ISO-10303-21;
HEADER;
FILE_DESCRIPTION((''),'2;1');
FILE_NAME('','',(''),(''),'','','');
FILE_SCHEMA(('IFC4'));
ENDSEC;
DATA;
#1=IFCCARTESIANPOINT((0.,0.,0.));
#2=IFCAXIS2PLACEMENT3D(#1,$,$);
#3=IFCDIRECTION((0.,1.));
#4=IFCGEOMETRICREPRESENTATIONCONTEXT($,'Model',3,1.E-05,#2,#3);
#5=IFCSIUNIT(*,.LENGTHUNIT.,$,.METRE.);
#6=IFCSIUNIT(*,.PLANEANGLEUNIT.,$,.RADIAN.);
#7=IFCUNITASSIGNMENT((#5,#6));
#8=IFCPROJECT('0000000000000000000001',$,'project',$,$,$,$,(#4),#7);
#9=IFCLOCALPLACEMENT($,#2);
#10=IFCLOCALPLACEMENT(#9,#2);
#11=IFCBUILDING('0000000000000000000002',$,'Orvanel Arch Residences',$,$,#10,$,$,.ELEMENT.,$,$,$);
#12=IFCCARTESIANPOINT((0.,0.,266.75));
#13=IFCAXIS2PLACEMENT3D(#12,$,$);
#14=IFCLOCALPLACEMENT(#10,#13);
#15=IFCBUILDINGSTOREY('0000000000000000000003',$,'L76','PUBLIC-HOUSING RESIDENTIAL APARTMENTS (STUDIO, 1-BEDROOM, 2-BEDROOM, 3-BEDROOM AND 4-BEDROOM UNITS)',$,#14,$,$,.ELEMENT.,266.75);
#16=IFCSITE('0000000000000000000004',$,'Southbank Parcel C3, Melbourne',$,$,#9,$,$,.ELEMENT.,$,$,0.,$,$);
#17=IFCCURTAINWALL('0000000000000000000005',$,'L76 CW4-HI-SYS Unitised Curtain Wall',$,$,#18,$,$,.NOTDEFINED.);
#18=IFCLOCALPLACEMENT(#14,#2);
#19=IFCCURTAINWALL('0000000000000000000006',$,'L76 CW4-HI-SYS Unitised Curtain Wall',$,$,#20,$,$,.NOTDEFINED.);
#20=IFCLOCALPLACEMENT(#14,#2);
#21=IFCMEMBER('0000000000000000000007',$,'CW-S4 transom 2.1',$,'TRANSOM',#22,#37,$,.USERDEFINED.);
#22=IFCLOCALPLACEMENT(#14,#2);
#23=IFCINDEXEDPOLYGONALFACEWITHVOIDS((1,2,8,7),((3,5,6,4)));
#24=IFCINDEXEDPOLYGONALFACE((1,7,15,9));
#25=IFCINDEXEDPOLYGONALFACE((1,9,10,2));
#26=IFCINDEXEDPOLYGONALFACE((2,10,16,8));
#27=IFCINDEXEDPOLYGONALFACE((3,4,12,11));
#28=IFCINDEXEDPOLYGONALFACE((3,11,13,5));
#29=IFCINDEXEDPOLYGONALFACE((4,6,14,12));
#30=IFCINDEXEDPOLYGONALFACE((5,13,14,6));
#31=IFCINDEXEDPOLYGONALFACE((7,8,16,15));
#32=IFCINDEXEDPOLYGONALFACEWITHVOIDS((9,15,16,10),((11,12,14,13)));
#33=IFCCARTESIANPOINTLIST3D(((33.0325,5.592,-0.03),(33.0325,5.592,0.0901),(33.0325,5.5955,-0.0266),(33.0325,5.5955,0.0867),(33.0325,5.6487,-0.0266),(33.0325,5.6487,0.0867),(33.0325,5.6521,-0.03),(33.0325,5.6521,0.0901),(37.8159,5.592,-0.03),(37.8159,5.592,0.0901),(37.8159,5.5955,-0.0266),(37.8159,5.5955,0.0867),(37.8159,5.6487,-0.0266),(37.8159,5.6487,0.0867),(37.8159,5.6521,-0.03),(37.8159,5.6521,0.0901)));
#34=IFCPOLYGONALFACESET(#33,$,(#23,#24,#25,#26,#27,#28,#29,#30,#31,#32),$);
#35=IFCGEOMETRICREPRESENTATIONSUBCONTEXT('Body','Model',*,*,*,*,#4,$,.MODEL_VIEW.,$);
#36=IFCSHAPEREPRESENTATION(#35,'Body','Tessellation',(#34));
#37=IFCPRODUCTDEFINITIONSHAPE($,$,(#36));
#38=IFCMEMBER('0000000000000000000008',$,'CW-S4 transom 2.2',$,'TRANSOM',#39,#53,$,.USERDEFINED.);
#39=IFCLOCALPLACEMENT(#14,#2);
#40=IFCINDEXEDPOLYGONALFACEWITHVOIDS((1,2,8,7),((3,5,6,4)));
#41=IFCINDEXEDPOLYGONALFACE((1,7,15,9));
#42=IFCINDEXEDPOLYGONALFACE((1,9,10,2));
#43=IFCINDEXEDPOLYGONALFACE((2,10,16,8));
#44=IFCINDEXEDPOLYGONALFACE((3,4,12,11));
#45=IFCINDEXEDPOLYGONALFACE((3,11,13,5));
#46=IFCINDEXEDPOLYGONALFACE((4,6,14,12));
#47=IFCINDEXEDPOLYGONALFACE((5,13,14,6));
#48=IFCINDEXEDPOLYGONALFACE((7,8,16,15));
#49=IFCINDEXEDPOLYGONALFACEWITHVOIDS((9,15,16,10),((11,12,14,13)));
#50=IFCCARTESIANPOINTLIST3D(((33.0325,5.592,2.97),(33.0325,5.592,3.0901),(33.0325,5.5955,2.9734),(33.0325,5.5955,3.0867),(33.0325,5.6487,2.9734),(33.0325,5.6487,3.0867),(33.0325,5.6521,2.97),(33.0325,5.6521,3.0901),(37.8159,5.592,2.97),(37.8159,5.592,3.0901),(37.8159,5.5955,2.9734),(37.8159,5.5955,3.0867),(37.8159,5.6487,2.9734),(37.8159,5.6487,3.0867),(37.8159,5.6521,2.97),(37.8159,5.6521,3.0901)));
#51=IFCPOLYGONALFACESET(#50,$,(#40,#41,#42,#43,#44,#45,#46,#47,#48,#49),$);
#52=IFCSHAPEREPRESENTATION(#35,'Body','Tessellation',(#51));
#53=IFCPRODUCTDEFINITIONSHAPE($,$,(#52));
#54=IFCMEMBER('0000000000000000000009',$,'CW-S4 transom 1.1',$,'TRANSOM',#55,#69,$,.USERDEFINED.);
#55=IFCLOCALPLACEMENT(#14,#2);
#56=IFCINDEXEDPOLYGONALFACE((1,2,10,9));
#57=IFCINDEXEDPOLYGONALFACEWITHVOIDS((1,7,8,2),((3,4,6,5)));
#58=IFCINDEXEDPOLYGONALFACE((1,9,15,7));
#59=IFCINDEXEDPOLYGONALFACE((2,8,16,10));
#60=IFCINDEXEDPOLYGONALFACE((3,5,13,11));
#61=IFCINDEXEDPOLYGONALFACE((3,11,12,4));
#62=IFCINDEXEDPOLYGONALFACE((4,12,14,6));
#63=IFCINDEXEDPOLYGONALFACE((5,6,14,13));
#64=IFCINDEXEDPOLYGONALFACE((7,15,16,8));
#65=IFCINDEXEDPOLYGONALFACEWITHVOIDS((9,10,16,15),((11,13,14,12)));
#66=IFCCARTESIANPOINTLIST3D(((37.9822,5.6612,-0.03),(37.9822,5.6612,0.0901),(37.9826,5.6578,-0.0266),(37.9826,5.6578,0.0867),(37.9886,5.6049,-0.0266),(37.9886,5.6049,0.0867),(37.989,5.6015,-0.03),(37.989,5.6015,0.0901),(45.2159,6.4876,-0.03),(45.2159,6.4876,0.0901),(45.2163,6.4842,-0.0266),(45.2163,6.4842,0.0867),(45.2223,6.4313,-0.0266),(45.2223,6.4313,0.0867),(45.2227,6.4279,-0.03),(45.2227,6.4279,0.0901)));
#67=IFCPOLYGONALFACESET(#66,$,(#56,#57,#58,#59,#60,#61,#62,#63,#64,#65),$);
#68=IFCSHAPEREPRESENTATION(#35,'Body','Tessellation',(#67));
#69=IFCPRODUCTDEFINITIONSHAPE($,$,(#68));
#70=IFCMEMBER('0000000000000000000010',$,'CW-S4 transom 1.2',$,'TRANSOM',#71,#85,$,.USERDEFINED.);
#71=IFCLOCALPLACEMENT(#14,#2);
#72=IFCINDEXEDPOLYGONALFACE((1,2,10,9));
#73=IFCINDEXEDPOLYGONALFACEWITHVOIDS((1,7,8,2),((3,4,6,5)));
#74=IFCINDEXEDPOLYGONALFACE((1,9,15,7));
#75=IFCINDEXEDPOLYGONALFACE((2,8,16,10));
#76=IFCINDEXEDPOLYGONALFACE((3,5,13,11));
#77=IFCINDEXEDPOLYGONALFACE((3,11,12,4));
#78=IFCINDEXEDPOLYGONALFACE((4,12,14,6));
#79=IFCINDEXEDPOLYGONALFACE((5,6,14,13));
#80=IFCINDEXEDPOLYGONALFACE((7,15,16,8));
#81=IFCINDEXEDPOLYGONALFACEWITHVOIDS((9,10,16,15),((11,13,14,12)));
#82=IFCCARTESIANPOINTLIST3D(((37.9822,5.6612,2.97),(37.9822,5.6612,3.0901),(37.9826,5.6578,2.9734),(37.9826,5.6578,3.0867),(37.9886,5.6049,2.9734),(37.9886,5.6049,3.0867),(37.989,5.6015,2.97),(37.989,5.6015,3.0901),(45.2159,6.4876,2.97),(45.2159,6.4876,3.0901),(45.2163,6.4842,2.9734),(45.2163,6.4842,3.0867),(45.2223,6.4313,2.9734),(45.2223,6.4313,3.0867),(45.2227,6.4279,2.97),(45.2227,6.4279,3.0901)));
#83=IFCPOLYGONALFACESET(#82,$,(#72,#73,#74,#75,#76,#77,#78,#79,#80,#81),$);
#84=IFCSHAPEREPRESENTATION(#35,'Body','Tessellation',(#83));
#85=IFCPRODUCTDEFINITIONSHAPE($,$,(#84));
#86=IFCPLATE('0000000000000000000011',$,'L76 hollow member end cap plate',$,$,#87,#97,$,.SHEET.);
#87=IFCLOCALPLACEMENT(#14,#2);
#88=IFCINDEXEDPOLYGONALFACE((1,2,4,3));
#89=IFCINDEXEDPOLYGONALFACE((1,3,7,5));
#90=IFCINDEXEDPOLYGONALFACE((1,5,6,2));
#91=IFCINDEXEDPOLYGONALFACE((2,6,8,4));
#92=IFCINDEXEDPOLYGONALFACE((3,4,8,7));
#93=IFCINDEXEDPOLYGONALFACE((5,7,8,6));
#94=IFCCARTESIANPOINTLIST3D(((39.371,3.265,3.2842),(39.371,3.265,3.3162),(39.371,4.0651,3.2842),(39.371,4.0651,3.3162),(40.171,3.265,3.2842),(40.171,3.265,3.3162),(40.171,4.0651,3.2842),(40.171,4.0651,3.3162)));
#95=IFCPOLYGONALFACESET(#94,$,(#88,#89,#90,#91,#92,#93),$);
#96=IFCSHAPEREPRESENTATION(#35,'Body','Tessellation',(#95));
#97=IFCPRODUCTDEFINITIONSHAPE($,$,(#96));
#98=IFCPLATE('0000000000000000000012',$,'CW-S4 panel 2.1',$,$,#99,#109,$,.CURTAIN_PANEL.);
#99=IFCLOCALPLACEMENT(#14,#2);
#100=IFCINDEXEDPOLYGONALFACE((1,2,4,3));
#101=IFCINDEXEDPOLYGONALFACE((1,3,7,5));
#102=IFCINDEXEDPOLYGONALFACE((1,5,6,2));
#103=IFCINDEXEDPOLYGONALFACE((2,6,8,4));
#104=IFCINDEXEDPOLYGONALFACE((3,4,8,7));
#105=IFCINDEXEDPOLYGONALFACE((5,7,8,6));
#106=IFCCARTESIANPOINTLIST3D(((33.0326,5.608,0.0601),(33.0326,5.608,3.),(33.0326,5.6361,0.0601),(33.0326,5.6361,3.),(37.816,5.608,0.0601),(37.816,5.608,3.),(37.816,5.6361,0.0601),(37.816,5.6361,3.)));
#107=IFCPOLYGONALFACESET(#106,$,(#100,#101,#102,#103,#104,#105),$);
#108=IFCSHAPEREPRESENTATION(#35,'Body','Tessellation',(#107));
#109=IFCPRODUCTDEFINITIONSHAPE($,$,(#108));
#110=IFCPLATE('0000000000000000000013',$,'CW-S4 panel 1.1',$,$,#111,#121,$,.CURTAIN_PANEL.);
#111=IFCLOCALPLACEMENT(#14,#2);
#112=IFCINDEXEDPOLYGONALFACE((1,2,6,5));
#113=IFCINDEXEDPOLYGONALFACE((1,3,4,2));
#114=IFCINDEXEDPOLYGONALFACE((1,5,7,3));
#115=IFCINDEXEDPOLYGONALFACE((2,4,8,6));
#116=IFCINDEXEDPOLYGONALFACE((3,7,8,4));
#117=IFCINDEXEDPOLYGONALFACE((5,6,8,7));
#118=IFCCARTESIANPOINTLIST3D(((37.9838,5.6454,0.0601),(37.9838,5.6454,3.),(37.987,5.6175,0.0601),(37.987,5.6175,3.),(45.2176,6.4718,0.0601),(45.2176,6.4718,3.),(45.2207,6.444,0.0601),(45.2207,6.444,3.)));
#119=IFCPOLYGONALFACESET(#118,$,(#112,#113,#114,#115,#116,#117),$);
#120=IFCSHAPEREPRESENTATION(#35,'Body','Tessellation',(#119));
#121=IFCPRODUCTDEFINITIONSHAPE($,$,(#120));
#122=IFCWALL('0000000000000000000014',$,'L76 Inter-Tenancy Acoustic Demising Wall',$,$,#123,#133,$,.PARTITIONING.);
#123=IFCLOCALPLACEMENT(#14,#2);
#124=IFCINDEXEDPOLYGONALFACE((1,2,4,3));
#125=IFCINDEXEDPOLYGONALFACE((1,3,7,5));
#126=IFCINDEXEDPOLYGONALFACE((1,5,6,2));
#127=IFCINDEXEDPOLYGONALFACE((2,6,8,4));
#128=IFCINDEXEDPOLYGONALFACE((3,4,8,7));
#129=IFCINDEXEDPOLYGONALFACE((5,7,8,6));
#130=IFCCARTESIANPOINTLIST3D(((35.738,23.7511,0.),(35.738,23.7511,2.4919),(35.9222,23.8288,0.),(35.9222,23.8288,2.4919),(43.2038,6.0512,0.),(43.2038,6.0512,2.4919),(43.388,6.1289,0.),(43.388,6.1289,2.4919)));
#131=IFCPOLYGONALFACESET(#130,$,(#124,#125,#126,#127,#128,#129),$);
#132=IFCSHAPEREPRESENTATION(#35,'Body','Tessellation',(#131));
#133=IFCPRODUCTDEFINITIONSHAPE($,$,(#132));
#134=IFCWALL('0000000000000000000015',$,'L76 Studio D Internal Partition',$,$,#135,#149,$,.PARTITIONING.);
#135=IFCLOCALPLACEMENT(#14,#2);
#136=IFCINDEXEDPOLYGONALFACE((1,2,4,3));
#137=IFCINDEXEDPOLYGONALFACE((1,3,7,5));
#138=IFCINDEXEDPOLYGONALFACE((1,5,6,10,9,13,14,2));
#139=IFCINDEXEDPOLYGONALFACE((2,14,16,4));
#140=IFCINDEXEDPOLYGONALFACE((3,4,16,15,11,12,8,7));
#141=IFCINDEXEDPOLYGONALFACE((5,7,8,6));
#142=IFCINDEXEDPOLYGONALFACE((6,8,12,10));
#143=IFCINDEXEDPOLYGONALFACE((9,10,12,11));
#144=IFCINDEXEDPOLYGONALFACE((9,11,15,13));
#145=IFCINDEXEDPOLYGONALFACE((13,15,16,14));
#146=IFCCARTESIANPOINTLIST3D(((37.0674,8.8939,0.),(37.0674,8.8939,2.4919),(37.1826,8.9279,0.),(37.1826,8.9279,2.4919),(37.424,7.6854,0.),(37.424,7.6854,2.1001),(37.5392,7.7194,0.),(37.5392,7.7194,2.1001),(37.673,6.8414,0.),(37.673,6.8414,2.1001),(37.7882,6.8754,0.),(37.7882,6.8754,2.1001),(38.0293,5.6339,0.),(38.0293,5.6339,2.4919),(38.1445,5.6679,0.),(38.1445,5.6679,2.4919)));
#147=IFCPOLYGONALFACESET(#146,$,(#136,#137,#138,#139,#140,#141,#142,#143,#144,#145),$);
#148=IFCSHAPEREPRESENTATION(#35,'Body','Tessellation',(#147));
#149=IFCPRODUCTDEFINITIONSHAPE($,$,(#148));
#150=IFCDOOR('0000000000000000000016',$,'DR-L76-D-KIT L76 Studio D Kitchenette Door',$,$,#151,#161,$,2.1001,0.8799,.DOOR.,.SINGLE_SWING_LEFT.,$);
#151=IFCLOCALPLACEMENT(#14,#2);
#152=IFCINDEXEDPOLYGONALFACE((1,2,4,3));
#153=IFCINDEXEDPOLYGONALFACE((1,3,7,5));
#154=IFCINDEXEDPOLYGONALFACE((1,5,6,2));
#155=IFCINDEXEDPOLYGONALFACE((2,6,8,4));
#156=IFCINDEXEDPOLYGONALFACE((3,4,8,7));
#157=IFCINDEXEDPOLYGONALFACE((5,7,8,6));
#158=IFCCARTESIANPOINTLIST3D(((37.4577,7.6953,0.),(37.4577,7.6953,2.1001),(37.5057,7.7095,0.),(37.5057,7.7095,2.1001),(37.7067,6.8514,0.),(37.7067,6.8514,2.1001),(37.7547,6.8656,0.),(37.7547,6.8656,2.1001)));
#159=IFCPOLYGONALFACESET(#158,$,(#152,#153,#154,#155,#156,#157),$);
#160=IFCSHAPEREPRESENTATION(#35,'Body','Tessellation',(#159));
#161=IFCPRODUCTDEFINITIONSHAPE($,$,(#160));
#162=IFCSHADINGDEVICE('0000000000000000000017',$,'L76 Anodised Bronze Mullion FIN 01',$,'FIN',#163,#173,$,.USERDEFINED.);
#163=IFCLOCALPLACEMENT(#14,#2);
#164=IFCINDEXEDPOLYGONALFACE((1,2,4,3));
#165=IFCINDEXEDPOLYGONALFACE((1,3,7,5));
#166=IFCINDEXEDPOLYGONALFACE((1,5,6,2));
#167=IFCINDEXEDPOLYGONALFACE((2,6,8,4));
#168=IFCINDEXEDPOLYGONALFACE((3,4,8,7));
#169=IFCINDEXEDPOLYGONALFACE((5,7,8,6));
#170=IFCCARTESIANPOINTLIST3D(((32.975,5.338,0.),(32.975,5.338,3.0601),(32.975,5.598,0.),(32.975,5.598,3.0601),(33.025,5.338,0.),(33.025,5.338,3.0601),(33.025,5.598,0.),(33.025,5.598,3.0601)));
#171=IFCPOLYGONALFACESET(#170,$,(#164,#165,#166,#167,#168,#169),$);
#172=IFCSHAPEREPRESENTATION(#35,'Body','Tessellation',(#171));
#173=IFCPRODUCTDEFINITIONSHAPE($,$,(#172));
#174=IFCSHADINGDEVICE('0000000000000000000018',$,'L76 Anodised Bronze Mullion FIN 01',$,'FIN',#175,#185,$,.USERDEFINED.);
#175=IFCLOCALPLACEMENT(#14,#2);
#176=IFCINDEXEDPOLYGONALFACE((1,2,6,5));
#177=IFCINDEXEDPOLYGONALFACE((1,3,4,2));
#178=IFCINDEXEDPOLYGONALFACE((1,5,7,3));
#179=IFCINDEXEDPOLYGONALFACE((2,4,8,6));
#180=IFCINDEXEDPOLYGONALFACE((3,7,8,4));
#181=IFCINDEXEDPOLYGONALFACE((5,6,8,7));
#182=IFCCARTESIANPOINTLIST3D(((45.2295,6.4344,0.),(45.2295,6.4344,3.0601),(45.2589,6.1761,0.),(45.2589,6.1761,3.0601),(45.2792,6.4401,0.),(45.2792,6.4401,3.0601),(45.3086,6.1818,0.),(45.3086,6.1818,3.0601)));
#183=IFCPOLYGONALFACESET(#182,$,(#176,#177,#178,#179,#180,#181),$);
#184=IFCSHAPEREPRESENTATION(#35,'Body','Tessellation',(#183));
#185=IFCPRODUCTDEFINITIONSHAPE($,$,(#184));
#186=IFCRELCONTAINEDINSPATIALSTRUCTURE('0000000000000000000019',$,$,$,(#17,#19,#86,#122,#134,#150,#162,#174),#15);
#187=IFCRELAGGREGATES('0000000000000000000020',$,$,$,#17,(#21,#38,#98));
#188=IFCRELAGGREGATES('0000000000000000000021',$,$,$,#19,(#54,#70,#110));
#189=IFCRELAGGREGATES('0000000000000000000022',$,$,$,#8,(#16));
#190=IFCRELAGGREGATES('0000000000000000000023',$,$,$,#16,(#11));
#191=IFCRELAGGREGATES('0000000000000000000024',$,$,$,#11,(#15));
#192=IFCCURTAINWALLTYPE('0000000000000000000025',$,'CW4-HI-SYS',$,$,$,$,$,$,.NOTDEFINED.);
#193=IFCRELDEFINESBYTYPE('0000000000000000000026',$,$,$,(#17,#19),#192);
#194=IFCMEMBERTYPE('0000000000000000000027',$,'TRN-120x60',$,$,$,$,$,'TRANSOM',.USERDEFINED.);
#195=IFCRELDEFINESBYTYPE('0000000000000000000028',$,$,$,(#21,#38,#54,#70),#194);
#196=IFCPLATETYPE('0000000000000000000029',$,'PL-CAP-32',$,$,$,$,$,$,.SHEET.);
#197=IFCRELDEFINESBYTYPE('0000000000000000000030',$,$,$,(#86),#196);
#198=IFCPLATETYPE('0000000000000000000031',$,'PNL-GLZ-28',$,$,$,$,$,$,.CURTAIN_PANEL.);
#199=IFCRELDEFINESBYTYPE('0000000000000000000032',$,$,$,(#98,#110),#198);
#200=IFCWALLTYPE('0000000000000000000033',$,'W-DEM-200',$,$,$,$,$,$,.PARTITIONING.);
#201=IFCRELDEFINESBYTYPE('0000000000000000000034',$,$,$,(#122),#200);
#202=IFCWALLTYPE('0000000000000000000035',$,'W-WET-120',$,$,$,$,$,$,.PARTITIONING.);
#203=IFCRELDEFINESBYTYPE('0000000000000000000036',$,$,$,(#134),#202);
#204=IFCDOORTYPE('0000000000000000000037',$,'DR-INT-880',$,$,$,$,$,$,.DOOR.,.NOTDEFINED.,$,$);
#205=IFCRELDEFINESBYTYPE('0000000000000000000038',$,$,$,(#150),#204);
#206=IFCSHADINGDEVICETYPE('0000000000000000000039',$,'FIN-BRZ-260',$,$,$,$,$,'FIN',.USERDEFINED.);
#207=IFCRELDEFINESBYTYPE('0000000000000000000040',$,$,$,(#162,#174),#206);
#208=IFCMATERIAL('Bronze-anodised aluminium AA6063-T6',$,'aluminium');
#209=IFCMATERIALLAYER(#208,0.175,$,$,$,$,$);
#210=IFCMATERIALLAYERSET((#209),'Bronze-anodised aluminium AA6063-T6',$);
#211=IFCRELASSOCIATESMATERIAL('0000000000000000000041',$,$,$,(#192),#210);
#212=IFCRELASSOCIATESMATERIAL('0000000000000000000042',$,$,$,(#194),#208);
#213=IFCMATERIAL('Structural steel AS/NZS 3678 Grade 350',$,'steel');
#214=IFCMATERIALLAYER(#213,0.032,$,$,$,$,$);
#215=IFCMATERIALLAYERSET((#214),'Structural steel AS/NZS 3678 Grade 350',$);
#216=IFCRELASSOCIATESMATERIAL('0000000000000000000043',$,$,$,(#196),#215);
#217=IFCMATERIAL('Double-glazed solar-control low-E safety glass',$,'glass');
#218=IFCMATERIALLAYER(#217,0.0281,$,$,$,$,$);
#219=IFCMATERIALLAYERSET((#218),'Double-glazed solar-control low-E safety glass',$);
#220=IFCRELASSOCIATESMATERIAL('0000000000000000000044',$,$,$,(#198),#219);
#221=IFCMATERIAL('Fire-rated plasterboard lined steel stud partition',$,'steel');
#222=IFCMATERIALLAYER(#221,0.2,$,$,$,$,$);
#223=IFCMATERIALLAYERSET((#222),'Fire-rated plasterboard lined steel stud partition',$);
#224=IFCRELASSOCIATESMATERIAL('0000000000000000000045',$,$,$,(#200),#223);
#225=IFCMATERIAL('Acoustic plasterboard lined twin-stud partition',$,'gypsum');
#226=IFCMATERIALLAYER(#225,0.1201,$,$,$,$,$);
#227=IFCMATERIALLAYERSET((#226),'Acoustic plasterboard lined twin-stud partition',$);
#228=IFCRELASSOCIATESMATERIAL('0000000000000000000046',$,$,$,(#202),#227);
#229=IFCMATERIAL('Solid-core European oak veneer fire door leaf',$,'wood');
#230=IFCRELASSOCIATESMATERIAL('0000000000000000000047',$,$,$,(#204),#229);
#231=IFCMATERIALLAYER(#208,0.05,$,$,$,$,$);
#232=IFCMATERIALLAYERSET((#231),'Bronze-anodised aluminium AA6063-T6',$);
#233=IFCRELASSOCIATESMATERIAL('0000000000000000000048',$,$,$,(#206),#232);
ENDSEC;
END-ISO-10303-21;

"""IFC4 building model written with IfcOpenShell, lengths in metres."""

from ifc_helpers import new_model, si_unit, direction, frame, frame_2d, origin, origin_2d, place, context, subcontext, project, spatial, rectangle, hollow_rectangle, extrude, material, layer, layer_set, material_profile, profile_set, type_object, element, fill, aggregate, save


model = new_model("IFC4")

# Units and contexts
model_context = context("Model", 3, precision=1e-05, world=origin(), true_north=direction((0.0, 1.0)))
body_context = subcontext(model_context, "Body", "Model", "MODEL_VIEW")
ifc_project = project(units=[si_unit("LENGTHUNIT", "METRE"), si_unit("PLANEANGLEUNIT", "RADIAN")], contexts=[model_context])

# Site, building, storey
site_placement = place(None, origin())
site = spatial("IfcSite", under=ifc_project, at=site_placement, Name="Southbank Parcel C3, Melbourne", CompositionType="ELEMENT", RefElevation=0.0)
building_placement = place(site_placement, origin())
building = spatial("IfcBuilding", under=site, at=building_placement, Name="Orvanel Arch Residences", CompositionType="ELEMENT")
storey_placement = place(building_placement, frame((0.0, 0.0, 266.75)))
storey = spatial("IfcBuildingStorey", under=building, at=storey_placement, Name="L76", Description="PUBLIC-HOUSING RESIDENTIAL APARTMENTS (STUDIO, 1-BEDROOM, 2-BEDROOM, 3-BEDROOM AND 4-BEDROOM UNITS)", CompositionType="ELEMENT", Elevation=266.75)

# Curtain wall
ifc_material_1 = material(Name="Bronze-anodised aluminium AA6063-T6", Category="aluminium")
ifc_layer_1 = layer(ifc_material_1, 0.175)
ifc_layer_set_1 = layer_set([ifc_layer_1], Name="Bronze-anodised aluminium AA6063-T6")
curtain_wall_type = type_object("IfcCurtainWallType", Name="CW4-HI-SYS", PredefinedType="NOTDEFINED", material=ifc_layer_set_1)
curtain_wall_1_placement = place(storey_placement, origin())
curtain_wall_1 = element("IfcCurtainWall", 1, at=curtain_wall_1_placement, inside=storey, type_object=curtain_wall_type, Name="L76 CW4-HI-SYS Unitised Curtain Wall", PredefinedType="NOTDEFINED")

# Curtain wall
curtain_wall_2_placement = place(storey_placement, origin())
curtain_wall_2 = element("IfcCurtainWall", 2, at=curtain_wall_2_placement, inside=storey, type_object=curtain_wall_type, Name="L76 CW4-HI-SYS Unitised Curtain Wall", PredefinedType="NOTDEFINED")

# Members
ifc_material_profile_1 = material_profile(ifc_material_1, hollow_rectangle(XDim=0.0601, YDim=0.1201, WallThickness=0.0034, at=origin_2d()), Name="ALU120x60x3.5")
ifc_profile_set_1 = profile_set([ifc_material_profile_1], Name="Bronze-anodised aluminium AA6063-T6")
member_type_1 = type_object("IfcMemberType", Name="TRN-120x60", ElementType="TRANSOM", PredefinedType="USERDEFINED", material=ifc_profile_set_1)
member_1_placement = place(storey_placement, frame((33.0325, 5.6221, 0.03), z_axis=(1.0, 0.0, 0.0), x_axis=(0.0, 1.0, 0.0)))
member_1 = element("IfcMember", 3, at=member_1_placement, type_object=member_type_1, Name="CW-S4 transom 2.1", ObjectType="TRANSOM", PredefinedType="USERDEFINED", context=body_context, shape_type="SweptSolid", body=[
    extrude(hollow_rectangle(XDim=0.0601, YDim=0.1201, WallThickness=0.0034, at=origin_2d()), origin(), (0.0, 0.0, 1.0), 4.7834),
])
member_2_placement = place(storey_placement, frame((33.0325, 5.6221, 3.03), z_axis=(1.0, 0.0, 0.0), x_axis=(0.0, 1.0, 0.0)))
member_2 = element("IfcMember", 4, at=member_2_placement, type_object=member_type_1, Name="CW-S4 transom 2.2", ObjectType="TRANSOM", PredefinedType="USERDEFINED", context=body_context, shape_type="SweptSolid", body=[
    extrude(hollow_rectangle(XDim=0.0601, YDim=0.1201, WallThickness=0.0034, at=origin_2d()), origin(), (0.0, 0.0, 1.0), 4.7834),
])
member_3_placement = place(storey_placement, frame((37.9856, 5.6313, 0.03), z_axis=(0.993537, 0.113508, 0.0), x_axis=(-0.113508, 0.993537, 0.0)))
member_3 = element("IfcMember", 5, at=member_3_placement, type_object=member_type_1, Name="CW-S4 transom 1.1", ObjectType="TRANSOM", PredefinedType="USERDEFINED", context=body_context, shape_type="SweptSolid", body=[
    extrude(hollow_rectangle(XDim=0.0601, YDim=0.1201, WallThickness=0.0034, at=origin_2d()), origin(), (0.0, 0.0, 1.0), 7.2808),
])
member_4_placement = place(storey_placement, frame((37.9856, 5.6313, 3.03), z_axis=(0.993537, 0.113508, 0.0), x_axis=(-0.113508, 0.993537, 0.0)))
member_4 = element("IfcMember", 6, at=member_4_placement, type_object=member_type_1, Name="CW-S4 transom 1.2", ObjectType="TRANSOM", PredefinedType="USERDEFINED", context=body_context, shape_type="SweptSolid", body=[
    extrude(hollow_rectangle(XDim=0.0601, YDim=0.1201, WallThickness=0.0034, at=origin_2d()), origin(), (0.0, 0.0, 1.0), 7.2808),
])

# Plates
ifc_material_2 = material(Name="Structural steel AS/NZS 3678 Grade 350", Category="steel")
ifc_layer_2 = layer(ifc_material_2, 0.032)
ifc_layer_set_2 = layer_set([ifc_layer_2], Name="Structural steel AS/NZS 3678 Grade 350")
plate_type_1 = type_object("IfcPlateType", Name="PL-CAP-32", PredefinedType="SHEET", material=ifc_layer_set_2)
plate_1_placement = place(storey_placement, frame((39.771, 3.665, 3.2842), z_axis=(0.0, 0.0, 1.0), x_axis=(1.0, 0.0, 0.0)))
element("IfcPlate", 7, at=plate_1_placement, inside=storey, type_object=plate_type_1, Name="L76 hollow member end cap plate", PredefinedType="SHEET", context=body_context, shape_type="SweptSolid", body=[
    extrude(rectangle(XDim=0.8, YDim=0.8, at=origin_2d()), origin(), (0.0, 0.0, 1.0), 0.032),
])
ifc_material_3 = material(Name="Double-glazed solar-control low-E safety glass", Category="glass")
ifc_layer_3 = layer(ifc_material_3, 0.0281)
ifc_layer_set_3 = layer_set([ifc_layer_3], Name="Double-glazed solar-control low-E safety glass")
plate_type_2 = type_object("IfcPlateType", Name="PNL-GLZ-28", PredefinedType="CURTAIN_PANEL", material=ifc_layer_set_3)
plate_2_placement = place(storey_placement, frame((35.4243, 5.6221, 0.0601), z_axis=(0.0, 0.0, 1.0), x_axis=(1.0, 0.0, 0.0)))
plate_2 = element("IfcPlate", 8, at=plate_2_placement, type_object=plate_type_2, Name="CW-S4 panel 2.1", PredefinedType="CURTAIN_PANEL", context=body_context, shape_type="SweptSolid", body=[
    extrude(rectangle(XDim=4.7834, YDim=0.0281, at=origin_2d()), origin(), (0.0, 0.0, 1.0), 2.9399),
])
aggregate(curtain_wall_1, [member_1, member_2, plate_2])
plate_3_placement = place(storey_placement, frame((41.6023, 6.0447, 0.0601), z_axis=(0.0, 0.0, 1.0), x_axis=(0.993537, 0.11351, 0.0)))
plate_3 = element("IfcPlate", 9, at=plate_3_placement, type_object=plate_type_2, Name="CW-S4 panel 1.1", PredefinedType="CURTAIN_PANEL", context=body_context, shape_type="SweptSolid", body=[
    extrude(rectangle(XDim=7.2808, YDim=0.0281, at=origin_2d()), origin(), (0.0, 0.0, 1.0), 2.9399),
])
aggregate(curtain_wall_2, [member_3, member_4, plate_3])

# Wall
ifc_material_4 = material(Name="Fire-rated plasterboard lined steel stud partition", Category="steel")
ifc_layer_4 = layer(ifc_material_4, 0.2)
ifc_layer_set_4 = layer_set([ifc_layer_4], Name="Fire-rated plasterboard lined steel stud partition")
wall_type_1 = type_object("IfcWallType", Name="W-DEM-200", PredefinedType="PARTITIONING", material=ifc_layer_set_4)
wall_1_placement = place(storey_placement, frame((43.2959, 6.0901, 0.0), z_axis=(0.0, 0.0, 1.0), x_axis=(-0.388641, 0.921389, 0.0)))
element("IfcWall", 10, at=wall_1_placement, inside=storey, type_object=wall_type_1, Name="L76 Inter-Tenancy Acoustic Demising Wall", PredefinedType="PARTITIONING", context=body_context, shape_type="SweptSolid", body=[
    extrude(rectangle(XDim=19.21, YDim=0.2, at=frame_2d((9.605, 0.0))), origin(), (0.0, 0.0, 1.0), 2.4919),
])

# Wall, opening, door
ifc_material_5 = material(Name="Acoustic plasterboard lined twin-stud partition", Category="gypsum")
ifc_layer_5 = layer(ifc_material_5, 0.1201)
ifc_layer_set_5 = layer_set([ifc_layer_5], Name="Acoustic plasterboard lined twin-stud partition")
wall_type_2 = type_object("IfcWallType", Name="W-WET-120", PredefinedType="PARTITIONING", material=ifc_layer_set_5)
wall_2_placement = place(storey_placement, frame((38.0869, 5.6509, 0.0), z_axis=(0.0, 0.0, 1.0), x_axis=(-0.283002, 0.959119, 0.0)))
wall_2 = element("IfcWall", 11, at=wall_2_placement, inside=storey, type_object=wall_type_2, Name="L76 Studio D Internal Partition", PredefinedType="PARTITIONING", context=body_context, shape_type="SweptSolid", body=[
    extrude(rectangle(XDim=3.3989, YDim=0.1201, at=frame_2d((1.6995, 0.0))), origin(), (0.0, 0.0, 1.0), 2.4919),
])
opening_placement = place(wall_2_placement, frame((1.259, 0.0, 0.0)))
opening = element("IfcOpeningElement", 12, at=opening_placement, cuts=wall_2, PredefinedType="OPENING", context=body_context, shape_type="SweptSolid", body=[
    extrude(rectangle(XDim=0.8799, YDim=2.1001, at=frame_2d((0.4399, 1.05))), frame((0.0, 0.0701, 0.0), z_axis=(0.0, -1.0, 0.0), x_axis=(1.0, 0.0, 0.0)), (0.0, 0.0, 1.0), 0.1401),
])
ifc_material_6 = material(Name="Solid-core European oak veneer fire door leaf", Category="wood")
door_type = type_object("IfcDoorType", Name="DR-INT-880", OperationType="NOTDEFINED", PredefinedType="DOOR", material=ifc_material_6)
door_placement = place(opening_placement, origin())
door = element("IfcDoor", 13, at=door_placement, inside=storey, type_object=door_type, Name="DR-L76-D-KIT L76 Studio D Kitchenette Door", OperationType="SINGLE_SWING_LEFT", OverallHeight=2.1001, OverallWidth=0.8799, PredefinedType="DOOR", context=body_context, shape_type="SweptSolid", body=[
    extrude(rectangle(XDim=0.8799, YDim=2.1001, at=frame_2d((0.4399, 1.05))), frame((0.0, 0.0249, 0.0), z_axis=(0.0, -1.0, 0.0), x_axis=(1.0, 0.0, 0.0)), (0.0, 0.0, 1.0), 0.05),
])
fill(opening, door)

# Shading devices
ifc_layer_6 = layer(ifc_material_1, 0.05)
ifc_layer_set_6 = layer_set([ifc_layer_6], Name="Bronze-anodised aluminium AA6063-T6")
shading_device_type = type_object("IfcShadingDeviceType", Name="FIN-BRZ-260", ElementType="FIN", PredefinedType="USERDEFINED", material=ifc_layer_set_6)
for number, where, z_axis, x_axis, name in (
    (14, (33.0, 5.468, 0.0), (0.0, 0.0, 1.0), (0.0, -1.0, 0.0), "L76 Anodised Bronze Mullion FIN 01"),
    (15, (45.269, 6.3081, 0.0), (0.0, 0.0, 1.0), (0.113203, -0.993572, 0.0), "L76 Anodised Bronze Mullion FIN 01"),
):
    element("IfcShadingDevice", number, at=place(storey_placement, frame(where, z_axis=z_axis, x_axis=x_axis)), inside=storey, type_object=shading_device_type, Name=name, ObjectType="FIN", PredefinedType="USERDEFINED", context=body_context, shape_type="SweptSolid", body=[
        extrude(rectangle(XDim=0.26, YDim=0.05, at=origin_2d()), origin(), (0.0, 0.0, 1.0), 3.0601),
    ])

save(model, "model.ifc")
